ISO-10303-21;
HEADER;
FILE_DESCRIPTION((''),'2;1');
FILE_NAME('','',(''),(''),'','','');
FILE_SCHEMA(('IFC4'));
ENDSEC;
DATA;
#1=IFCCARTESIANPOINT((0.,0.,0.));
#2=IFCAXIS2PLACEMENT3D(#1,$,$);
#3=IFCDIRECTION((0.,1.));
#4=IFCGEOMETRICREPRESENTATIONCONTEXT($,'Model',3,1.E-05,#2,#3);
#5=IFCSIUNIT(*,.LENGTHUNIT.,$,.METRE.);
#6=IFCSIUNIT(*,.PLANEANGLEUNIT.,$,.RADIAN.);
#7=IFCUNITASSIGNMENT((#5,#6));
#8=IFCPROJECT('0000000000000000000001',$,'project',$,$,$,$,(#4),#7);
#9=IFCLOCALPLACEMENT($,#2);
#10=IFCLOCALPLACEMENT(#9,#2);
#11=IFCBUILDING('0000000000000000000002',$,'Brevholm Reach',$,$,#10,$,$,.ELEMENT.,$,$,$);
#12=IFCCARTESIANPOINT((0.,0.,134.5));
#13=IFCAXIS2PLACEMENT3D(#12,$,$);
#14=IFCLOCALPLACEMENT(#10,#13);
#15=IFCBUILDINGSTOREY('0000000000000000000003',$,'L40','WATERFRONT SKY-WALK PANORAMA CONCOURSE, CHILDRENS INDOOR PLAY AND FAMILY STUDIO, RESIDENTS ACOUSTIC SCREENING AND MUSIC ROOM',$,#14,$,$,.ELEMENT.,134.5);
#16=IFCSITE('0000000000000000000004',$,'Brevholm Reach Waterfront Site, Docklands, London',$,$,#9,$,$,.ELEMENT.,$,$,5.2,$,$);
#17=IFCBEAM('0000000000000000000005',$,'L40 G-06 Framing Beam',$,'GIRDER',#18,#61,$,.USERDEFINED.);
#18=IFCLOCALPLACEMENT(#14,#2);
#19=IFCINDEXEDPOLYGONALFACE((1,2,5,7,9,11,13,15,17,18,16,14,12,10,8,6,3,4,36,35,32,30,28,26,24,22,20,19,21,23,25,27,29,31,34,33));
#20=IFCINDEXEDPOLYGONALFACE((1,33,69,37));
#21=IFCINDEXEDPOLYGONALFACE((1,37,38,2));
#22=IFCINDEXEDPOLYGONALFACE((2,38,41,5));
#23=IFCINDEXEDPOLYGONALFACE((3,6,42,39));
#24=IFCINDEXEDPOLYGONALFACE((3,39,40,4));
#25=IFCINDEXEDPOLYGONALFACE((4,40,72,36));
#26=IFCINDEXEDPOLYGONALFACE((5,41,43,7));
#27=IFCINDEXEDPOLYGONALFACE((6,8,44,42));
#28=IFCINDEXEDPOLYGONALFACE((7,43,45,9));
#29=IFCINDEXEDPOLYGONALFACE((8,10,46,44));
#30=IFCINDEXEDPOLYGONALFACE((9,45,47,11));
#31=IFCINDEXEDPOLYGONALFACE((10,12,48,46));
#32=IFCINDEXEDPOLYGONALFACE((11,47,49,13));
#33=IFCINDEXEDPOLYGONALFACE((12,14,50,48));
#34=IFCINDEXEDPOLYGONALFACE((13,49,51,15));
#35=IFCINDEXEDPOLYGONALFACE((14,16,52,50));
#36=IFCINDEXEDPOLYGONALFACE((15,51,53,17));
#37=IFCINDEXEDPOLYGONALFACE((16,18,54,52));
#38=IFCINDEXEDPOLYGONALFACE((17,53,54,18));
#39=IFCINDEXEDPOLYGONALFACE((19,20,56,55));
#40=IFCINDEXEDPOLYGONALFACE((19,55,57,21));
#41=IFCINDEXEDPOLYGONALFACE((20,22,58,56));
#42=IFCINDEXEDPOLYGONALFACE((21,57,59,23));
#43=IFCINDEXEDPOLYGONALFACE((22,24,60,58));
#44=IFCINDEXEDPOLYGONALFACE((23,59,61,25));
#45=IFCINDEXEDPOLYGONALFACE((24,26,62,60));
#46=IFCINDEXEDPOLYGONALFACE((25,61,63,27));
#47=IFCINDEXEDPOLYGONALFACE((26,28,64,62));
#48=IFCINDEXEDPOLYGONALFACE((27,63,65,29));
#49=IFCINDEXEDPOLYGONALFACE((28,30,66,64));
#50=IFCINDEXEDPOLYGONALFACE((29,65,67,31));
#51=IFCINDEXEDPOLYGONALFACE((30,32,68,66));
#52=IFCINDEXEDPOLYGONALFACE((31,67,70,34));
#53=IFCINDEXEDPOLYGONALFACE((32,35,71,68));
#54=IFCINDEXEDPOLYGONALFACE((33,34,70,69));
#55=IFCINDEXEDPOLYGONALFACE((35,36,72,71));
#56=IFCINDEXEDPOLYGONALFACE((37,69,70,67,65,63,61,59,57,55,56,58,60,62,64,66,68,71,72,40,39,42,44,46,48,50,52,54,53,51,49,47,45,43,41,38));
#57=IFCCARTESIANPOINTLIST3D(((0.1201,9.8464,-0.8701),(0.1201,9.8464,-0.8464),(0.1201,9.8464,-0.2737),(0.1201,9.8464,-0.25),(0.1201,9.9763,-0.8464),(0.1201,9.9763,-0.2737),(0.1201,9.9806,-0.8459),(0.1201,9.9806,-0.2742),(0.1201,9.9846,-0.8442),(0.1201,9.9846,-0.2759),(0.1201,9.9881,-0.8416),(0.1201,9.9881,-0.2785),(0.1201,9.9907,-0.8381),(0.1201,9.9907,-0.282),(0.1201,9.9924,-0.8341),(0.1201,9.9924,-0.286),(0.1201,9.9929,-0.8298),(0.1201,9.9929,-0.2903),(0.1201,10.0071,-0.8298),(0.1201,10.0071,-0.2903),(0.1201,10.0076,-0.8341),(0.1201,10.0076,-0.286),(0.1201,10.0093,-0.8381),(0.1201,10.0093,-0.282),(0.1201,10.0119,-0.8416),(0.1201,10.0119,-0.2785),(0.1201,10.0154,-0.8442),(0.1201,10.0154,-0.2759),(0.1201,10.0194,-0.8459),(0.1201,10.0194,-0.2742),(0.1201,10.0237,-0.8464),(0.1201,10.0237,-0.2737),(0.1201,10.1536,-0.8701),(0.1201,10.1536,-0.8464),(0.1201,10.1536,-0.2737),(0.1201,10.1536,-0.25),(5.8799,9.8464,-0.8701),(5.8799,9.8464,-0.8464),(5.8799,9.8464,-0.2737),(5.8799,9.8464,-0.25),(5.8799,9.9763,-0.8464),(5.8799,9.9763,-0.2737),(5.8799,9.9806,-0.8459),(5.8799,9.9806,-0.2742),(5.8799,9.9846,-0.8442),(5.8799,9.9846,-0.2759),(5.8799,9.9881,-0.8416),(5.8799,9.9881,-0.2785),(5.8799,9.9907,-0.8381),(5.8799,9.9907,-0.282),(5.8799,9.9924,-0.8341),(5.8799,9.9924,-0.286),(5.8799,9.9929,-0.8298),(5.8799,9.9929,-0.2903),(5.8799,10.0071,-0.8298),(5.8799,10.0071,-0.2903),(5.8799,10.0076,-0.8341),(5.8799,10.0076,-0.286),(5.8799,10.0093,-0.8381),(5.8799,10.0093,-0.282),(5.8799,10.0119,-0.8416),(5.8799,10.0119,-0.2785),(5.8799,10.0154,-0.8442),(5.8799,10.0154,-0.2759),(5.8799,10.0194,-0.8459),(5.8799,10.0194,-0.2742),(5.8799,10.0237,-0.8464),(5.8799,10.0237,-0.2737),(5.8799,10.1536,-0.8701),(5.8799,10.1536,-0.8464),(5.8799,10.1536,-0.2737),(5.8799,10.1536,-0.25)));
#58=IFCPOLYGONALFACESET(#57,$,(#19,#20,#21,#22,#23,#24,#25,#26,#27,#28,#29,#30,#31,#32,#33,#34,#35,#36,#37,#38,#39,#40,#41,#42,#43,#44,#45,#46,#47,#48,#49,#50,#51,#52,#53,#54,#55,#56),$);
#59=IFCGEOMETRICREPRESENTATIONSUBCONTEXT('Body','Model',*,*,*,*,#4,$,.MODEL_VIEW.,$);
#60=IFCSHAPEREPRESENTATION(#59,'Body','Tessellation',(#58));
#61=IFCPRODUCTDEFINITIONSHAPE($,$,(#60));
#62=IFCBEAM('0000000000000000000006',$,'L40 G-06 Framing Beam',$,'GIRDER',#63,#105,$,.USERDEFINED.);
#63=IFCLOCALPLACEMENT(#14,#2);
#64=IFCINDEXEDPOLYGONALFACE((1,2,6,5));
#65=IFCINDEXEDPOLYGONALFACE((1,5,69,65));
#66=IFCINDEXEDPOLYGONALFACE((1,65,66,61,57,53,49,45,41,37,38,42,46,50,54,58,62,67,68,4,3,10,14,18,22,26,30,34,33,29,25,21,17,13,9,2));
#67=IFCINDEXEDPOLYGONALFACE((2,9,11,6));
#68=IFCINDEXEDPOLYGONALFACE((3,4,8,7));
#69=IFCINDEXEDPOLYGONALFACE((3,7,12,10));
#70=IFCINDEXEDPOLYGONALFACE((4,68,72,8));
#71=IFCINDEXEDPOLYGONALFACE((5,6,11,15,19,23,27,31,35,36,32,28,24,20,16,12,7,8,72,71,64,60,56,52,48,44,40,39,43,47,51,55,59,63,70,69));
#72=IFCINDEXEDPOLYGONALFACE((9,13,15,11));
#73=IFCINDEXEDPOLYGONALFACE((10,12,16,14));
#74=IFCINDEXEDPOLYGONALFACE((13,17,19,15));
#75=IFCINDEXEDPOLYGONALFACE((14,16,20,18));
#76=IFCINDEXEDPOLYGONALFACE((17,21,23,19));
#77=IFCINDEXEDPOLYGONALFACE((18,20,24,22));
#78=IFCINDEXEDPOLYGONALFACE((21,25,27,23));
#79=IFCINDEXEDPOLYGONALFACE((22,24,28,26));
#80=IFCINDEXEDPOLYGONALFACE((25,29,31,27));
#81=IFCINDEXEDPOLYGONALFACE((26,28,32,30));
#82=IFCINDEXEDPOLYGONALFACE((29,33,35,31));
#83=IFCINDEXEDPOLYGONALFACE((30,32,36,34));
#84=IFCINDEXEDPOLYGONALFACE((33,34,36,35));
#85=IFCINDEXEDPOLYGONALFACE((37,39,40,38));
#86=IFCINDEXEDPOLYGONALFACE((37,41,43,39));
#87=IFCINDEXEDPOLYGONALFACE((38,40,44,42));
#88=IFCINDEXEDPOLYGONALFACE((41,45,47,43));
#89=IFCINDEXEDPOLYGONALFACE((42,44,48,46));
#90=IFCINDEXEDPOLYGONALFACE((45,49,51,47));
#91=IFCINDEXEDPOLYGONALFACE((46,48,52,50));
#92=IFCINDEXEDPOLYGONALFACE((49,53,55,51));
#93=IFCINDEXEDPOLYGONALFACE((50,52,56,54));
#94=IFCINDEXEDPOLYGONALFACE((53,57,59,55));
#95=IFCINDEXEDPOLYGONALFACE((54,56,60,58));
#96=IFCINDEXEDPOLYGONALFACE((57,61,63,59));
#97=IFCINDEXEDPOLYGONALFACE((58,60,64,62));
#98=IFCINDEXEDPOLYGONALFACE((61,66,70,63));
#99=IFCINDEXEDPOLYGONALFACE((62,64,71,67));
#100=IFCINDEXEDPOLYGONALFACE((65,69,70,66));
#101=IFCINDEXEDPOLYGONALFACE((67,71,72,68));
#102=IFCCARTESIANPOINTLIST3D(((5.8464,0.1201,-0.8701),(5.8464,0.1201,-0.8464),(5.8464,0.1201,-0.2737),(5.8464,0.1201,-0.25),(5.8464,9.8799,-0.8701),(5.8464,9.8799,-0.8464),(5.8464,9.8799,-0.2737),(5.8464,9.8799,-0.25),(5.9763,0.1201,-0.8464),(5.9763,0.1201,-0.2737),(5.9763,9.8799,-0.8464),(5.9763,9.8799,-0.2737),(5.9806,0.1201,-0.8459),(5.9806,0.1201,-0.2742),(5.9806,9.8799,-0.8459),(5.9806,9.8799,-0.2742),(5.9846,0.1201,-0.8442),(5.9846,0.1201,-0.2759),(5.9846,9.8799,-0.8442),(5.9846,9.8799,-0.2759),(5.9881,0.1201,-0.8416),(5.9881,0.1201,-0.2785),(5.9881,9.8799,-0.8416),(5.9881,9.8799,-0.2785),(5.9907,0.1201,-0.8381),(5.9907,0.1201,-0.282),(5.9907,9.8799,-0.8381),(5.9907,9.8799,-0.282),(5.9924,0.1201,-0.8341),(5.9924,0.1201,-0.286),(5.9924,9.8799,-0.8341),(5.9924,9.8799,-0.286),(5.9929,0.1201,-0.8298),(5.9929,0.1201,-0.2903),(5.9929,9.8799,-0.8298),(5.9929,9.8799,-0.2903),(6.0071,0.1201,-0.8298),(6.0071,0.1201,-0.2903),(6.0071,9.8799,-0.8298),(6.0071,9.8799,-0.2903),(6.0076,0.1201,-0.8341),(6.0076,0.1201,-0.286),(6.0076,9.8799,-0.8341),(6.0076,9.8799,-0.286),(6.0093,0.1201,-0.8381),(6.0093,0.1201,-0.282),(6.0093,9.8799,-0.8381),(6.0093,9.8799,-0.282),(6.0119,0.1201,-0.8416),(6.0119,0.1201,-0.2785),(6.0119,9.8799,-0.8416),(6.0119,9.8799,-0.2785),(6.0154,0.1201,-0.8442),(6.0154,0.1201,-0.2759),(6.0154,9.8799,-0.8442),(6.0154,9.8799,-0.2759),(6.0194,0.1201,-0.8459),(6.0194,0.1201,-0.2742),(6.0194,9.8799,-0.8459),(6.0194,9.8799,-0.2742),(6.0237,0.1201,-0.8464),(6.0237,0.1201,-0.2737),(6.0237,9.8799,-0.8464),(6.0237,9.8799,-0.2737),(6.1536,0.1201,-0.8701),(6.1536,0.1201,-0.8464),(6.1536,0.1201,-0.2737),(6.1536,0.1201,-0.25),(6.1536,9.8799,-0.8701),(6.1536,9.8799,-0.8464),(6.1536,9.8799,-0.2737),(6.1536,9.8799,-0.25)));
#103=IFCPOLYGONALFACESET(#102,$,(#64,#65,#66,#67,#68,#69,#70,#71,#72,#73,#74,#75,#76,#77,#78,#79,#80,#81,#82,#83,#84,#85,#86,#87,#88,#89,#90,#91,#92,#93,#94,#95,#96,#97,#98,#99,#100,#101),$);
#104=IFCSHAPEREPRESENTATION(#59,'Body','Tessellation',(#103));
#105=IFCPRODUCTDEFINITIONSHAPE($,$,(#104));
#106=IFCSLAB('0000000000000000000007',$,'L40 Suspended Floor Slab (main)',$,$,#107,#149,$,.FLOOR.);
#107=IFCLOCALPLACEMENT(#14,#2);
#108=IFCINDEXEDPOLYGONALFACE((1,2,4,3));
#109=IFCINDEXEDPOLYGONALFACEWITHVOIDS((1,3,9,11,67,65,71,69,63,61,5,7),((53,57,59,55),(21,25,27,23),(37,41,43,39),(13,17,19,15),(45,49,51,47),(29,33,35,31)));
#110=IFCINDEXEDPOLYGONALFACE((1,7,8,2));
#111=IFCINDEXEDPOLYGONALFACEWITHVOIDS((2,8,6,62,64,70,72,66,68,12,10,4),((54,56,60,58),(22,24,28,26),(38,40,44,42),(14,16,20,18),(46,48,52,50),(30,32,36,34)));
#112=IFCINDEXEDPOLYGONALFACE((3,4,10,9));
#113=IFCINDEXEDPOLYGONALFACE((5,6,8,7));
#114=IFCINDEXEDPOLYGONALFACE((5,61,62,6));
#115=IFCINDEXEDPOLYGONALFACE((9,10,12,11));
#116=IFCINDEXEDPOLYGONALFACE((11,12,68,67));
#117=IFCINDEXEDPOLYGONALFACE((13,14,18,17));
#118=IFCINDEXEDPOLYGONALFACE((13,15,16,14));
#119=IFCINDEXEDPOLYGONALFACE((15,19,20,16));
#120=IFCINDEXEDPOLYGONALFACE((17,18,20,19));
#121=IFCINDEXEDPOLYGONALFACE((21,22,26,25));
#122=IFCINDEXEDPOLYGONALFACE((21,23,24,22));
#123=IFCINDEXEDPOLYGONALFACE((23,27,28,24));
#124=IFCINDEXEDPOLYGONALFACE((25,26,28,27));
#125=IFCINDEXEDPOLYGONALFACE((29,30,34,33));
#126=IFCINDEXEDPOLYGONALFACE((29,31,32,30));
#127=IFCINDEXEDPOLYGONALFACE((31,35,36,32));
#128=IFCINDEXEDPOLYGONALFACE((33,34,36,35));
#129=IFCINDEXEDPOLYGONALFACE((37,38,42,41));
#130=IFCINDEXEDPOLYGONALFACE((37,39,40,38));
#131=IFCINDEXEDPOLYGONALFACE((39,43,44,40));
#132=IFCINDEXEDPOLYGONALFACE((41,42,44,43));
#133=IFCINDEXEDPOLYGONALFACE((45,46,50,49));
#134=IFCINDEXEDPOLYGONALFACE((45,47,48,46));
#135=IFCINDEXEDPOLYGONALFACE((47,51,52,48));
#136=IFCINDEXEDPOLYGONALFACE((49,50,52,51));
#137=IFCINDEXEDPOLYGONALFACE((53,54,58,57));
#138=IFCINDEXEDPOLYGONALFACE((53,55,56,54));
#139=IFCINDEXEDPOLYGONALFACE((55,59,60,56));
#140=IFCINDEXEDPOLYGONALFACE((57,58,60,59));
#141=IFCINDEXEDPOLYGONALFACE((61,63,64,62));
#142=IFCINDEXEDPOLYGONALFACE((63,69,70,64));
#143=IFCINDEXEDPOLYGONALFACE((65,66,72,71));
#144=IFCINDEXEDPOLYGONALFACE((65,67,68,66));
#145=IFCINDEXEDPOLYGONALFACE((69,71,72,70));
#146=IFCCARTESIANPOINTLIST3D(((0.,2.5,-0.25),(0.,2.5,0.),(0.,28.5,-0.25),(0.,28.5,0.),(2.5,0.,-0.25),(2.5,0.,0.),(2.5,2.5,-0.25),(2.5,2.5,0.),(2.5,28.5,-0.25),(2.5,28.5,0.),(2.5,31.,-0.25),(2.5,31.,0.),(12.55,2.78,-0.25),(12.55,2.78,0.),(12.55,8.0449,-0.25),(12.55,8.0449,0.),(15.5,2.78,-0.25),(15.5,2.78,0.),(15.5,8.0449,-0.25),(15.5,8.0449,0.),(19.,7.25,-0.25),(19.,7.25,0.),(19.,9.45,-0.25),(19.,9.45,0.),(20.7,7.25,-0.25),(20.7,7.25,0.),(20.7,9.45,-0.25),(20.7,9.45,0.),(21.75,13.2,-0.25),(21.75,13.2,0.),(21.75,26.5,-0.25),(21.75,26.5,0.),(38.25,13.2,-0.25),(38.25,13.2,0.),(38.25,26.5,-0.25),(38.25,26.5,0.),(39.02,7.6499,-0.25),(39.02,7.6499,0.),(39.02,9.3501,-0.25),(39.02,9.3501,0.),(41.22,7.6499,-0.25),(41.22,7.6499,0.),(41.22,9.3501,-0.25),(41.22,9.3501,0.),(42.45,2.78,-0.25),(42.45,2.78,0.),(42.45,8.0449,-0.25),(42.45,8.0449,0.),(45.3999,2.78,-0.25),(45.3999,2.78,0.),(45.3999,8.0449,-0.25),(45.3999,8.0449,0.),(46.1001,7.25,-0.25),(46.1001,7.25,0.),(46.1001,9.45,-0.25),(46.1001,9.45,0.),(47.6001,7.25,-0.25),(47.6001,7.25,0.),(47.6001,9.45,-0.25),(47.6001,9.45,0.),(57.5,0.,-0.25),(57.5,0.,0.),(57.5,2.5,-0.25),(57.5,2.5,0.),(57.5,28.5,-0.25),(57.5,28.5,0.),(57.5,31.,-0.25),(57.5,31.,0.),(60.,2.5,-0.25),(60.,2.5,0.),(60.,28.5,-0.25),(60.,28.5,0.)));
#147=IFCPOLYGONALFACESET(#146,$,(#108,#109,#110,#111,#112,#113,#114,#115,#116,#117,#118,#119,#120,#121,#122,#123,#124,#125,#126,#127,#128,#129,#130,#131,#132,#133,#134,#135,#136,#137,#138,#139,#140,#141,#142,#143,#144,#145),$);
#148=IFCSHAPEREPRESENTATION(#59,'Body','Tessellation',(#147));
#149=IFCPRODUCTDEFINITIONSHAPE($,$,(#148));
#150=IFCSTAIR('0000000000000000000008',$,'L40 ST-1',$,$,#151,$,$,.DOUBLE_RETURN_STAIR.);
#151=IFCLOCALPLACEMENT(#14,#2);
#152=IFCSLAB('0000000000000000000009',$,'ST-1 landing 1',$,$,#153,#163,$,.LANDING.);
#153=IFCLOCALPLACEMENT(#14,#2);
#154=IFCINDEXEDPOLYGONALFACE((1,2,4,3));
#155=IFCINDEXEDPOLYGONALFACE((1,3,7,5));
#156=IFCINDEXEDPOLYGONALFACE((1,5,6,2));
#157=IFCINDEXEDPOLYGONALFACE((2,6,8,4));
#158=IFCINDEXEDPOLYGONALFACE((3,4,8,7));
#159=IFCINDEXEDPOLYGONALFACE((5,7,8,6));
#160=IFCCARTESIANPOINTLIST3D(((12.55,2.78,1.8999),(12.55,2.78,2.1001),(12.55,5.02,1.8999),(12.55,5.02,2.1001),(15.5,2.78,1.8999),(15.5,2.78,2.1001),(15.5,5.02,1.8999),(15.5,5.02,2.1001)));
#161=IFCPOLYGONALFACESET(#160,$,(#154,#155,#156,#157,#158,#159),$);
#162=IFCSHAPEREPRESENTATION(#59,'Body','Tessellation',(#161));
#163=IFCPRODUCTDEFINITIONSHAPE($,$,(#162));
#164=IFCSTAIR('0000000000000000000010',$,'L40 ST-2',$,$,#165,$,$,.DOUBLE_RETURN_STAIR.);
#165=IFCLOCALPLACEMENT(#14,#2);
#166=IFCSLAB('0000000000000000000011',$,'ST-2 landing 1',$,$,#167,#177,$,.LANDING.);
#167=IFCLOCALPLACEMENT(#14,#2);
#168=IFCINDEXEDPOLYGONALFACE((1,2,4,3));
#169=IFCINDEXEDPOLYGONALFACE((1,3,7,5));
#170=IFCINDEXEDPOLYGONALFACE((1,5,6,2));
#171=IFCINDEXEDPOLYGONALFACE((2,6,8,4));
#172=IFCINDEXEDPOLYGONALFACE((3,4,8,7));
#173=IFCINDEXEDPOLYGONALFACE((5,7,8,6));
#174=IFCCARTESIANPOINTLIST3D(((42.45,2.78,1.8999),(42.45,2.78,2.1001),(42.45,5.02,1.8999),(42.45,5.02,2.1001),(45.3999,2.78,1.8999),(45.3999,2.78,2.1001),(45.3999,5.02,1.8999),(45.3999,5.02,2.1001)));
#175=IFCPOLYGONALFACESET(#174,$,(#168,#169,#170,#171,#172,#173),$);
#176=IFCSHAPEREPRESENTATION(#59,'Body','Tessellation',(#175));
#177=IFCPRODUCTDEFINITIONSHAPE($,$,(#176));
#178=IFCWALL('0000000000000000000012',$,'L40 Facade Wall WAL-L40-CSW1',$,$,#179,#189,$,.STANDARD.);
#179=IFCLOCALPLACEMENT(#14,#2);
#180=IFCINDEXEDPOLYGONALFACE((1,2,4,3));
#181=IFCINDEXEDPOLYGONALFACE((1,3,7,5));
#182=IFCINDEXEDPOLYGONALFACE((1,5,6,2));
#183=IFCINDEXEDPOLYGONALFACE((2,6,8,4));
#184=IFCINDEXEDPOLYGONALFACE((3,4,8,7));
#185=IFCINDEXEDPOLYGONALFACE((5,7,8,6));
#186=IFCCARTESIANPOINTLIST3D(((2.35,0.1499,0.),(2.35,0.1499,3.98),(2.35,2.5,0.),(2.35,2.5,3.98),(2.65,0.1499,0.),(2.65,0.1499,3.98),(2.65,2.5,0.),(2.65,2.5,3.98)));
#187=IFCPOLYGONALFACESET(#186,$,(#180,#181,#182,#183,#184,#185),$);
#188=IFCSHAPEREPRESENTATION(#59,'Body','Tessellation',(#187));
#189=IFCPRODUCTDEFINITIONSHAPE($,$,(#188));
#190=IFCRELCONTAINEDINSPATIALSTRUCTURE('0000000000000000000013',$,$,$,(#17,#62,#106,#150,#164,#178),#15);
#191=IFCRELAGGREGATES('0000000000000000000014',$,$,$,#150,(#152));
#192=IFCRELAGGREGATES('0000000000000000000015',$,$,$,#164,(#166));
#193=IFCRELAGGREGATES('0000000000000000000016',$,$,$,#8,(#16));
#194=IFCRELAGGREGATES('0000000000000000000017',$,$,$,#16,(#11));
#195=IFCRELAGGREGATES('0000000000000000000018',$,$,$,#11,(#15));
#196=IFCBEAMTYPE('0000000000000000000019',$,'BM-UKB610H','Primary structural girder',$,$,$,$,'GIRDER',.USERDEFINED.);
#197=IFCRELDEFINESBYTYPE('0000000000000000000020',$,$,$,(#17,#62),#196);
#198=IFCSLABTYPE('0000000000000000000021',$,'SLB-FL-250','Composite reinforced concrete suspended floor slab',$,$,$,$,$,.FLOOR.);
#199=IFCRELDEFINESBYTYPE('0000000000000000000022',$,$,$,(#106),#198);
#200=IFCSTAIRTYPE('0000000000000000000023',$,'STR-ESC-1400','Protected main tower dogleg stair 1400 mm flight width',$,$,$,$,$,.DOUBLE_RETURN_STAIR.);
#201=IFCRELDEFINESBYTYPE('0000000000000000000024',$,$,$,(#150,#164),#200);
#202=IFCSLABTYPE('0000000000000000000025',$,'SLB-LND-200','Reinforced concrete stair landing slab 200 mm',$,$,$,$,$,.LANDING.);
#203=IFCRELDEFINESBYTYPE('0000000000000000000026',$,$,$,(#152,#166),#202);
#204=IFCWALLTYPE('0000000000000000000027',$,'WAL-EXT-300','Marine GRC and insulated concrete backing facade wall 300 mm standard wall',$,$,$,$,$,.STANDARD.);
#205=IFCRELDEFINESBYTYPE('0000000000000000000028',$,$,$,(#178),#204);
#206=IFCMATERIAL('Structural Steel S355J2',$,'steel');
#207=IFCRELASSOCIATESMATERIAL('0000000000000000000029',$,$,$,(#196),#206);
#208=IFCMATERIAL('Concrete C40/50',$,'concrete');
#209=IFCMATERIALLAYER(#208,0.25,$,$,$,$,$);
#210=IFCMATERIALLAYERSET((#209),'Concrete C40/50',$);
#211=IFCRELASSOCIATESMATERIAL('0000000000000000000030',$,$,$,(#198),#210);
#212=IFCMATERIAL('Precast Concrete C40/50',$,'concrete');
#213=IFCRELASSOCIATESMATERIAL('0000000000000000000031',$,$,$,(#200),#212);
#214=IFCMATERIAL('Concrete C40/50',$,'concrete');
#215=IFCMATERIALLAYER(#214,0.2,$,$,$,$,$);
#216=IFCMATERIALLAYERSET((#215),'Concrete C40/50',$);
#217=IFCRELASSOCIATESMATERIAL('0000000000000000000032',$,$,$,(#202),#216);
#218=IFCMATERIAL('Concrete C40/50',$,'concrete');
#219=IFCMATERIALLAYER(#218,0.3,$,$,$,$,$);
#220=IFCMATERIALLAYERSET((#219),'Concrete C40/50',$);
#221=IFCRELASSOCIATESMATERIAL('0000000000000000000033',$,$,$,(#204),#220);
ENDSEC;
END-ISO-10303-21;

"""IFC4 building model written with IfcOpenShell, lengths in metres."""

from ifc_helpers import new_model, si_unit, direction, frame, frame_2d, origin, origin_2d, place, context, subcontext, project, spatial, polyline, rectangle, i_section, outline, extrude, material, layer, layer_set, material_profile, profile_set, type_object, element, aggregate, save


model = new_model("IFC4")

# Units and contexts
model_context = context("Model", 3, precision=1e-05, world=origin(), true_north=direction((0.0, 1.0)))
body_context = subcontext(model_context, "Body", "Model", "MODEL_VIEW")
ifc_project = project(units=[si_unit("LENGTHUNIT", "METRE"), si_unit("PLANEANGLEUNIT", "RADIAN")], contexts=[model_context])

# Site, building, storey
site_placement = place(None, origin())
site = spatial("IfcSite", under=ifc_project, at=site_placement, Name="Brevholm Reach Waterfront Site, Docklands, London", CompositionType="ELEMENT", RefElevation=5.2)
building_placement = place(site_placement, origin())
building = spatial("IfcBuilding", under=site, at=building_placement, Name="Brevholm Reach", CompositionType="ELEMENT")
storey_placement = place(building_placement, frame((0.0, 0.0, 134.5)))
storey = spatial("IfcBuildingStorey", under=building, at=storey_placement, Name="L40", Description="WATERFRONT SKY-WALK PANORAMA CONCOURSE, CHILDRENS INDOOR PLAY AND FAMILY STUDIO, RESIDENTS ACOUSTIC SCREENING AND MUSIC ROOM", CompositionType="ELEMENT", Elevation=134.5)

# Beams
ifc_material_1 = material(Name="Structural Steel S355J2", Category="steel")
ifc_material_profile_1 = material_profile(ifc_material_1, i_section(OverallWidth=0.3071, OverallDepth=0.6201, WebThickness=0.0142, FlangeThickness=0.0237, FilletRadius=0.0166, at=origin_2d()), Name="UKB 610x305x179")
ifc_profile_set_1 = profile_set([ifc_material_profile_1], Name="Structural Steel S355J2")
beam_type_1 = type_object("IfcBeamType", Name="BM-UKB610H", Description="Primary structural girder", ElementType="GIRDER", PredefinedType="USERDEFINED", material=ifc_profile_set_1)
beam_1_placement = place(storey_placement, frame((0.1201, 10.0, -0.5601), z_axis=(1.0, 0.0, 0.0), x_axis=(0.0, 1.0, 0.0)))
element("IfcBeam", 1, at=beam_1_placement, inside=storey, type_object=beam_type_1, Name="L40 G-06 Framing Beam", ObjectType="GIRDER", PredefinedType="USERDEFINED", context=body_context, shape_type="SweptSolid", body=[
    extrude(i_section(OverallWidth=0.3071, OverallDepth=0.6201, WebThickness=0.0142, FlangeThickness=0.0237, FilletRadius=0.0166, at=origin_2d()), origin(), (0.0, 0.0, 1.0), 5.7598),
])
beam_2_placement = place(storey_placement, frame((6.0, 0.1201, -0.5601), z_axis=(0.0, 1.0, 0.0), x_axis=(-1.0, 0.0, 0.0)))
element("IfcBeam", 2, at=beam_2_placement, inside=storey, type_object=beam_type_1, Name="L40 G-06 Framing Beam", ObjectType="GIRDER", PredefinedType="USERDEFINED", context=body_context, shape_type="SweptSolid", body=[
    extrude(i_section(OverallWidth=0.3071, OverallDepth=0.6201, WebThickness=0.0142, FlangeThickness=0.0237, FilletRadius=0.0166, at=origin_2d()), origin(), (0.0, 0.0, 1.0), 9.7598),
])

# Slab
ifc_material_2 = material(Name="Concrete C40/50", Category="concrete")
ifc_layer_1 = layer(ifc_material_2, 0.25)
ifc_layer_set_1 = layer_set([ifc_layer_1], Name="Concrete C40/50")
slab_type_1 = type_object("IfcSlabType", Name="SLB-FL-250", Description="Composite reinforced concrete suspended floor slab", PredefinedType="FLOOR", material=ifc_layer_set_1)
slab_1_placement = place(storey_placement, frame((0.0, 0.0, -0.25)))
element("IfcSlab", 3, at=slab_1_placement, inside=storey, type_object=slab_type_1, Name="L40 Suspended Floor Slab (main)", PredefinedType="FLOOR", context=body_context, shape_type="SweptSolid", body=[
    extrude(outline(polyline([(2.5, 0.0), (57.5, 0.0), (57.5, 2.5), (60.0, 2.5), (60.0, 28.5), (57.5, 28.5), (57.5, 31.0), (2.5, 31.0), (2.5, 28.5), (0.0, 28.5), (0.0, 2.5), (2.5, 2.5), (2.5, 0.0)]), holes=[polyline([(21.75, 13.2), (38.25, 13.2), (38.25, 26.5), (21.75, 26.5), (21.75, 13.2)]), polyline([(12.55, 2.78), (15.5, 2.78), (15.5, 8.0449), (12.55, 8.0449), (12.55, 2.78)]), polyline([(42.45, 2.78), (45.3999, 2.78), (45.3999, 8.0449), (42.45, 8.0449), (42.45, 2.78)]), polyline([(19.0, 7.25), (20.7, 7.25), (20.7, 9.45), (19.0, 9.45), (19.0, 7.25)]), polyline([(46.1001, 7.25), (47.6001, 7.25), (47.6001, 9.45), (46.1001, 9.45), (46.1001, 7.25)]), polyline([(39.02, 7.6499), (41.22, 7.6499), (41.22, 9.3501), (39.02, 9.3501), (39.02, 7.6499)])]), origin(), (0.0, 0.0, 1.0), 0.25),
])

# Stairs, slabs
ifc_material_3 = material(Name="Precast Concrete C40/50", Category="concrete")
stair_type = type_object("IfcStairType", Name="STR-ESC-1400", Description="Protected main tower dogleg stair 1400 mm flight width", PredefinedType="DOUBLE_RETURN_STAIR", material=ifc_material_3)
stair_1_placement = place(storey_placement, origin())
stair_1 = element("IfcStair", 4, at=stair_1_placement, inside=storey, type_object=stair_type, Name="L40 ST-1", PredefinedType="DOUBLE_RETURN_STAIR")
ifc_material_4 = material(Name="Concrete C40/50", Category="concrete")
ifc_layer_2 = layer(ifc_material_4, 0.2)
ifc_layer_set_2 = layer_set([ifc_layer_2], Name="Concrete C40/50")
slab_type_2 = type_object("IfcSlabType", Name="SLB-LND-200", Description="Reinforced concrete stair landing slab 200 mm", PredefinedType="LANDING", material=ifc_layer_set_2)
slab_2_placement = place(storey_placement, frame((0.0, 0.0, 1.8999)))
slab_2 = element("IfcSlab", 5, at=slab_2_placement, type_object=slab_type_2, Name="ST-1 landing 1", PredefinedType="LANDING", context=body_context, shape_type="SweptSolid", body=[
    extrude(outline(polyline([(12.55, 5.02), (12.55, 2.78), (15.5, 2.78), (15.5, 5.02), (12.55, 5.02)])), origin(), (0.0, 0.0, 1.0), 0.2002),
])
aggregate(stair_1, [slab_2])
stair_2_placement = place(storey_placement, origin())
stair_2 = element("IfcStair", 6, at=stair_2_placement, inside=storey, type_object=stair_type, Name="L40 ST-2", PredefinedType="DOUBLE_RETURN_STAIR")
slab_3_placement = place(storey_placement, frame((0.0, 0.0, 1.8999)))
slab_3 = element("IfcSlab", 7, at=slab_3_placement, type_object=slab_type_2, Name="ST-2 landing 1", PredefinedType="LANDING", context=body_context, shape_type="SweptSolid", body=[
    extrude(outline(polyline([(42.45, 5.02), (42.45, 2.78), (45.3999, 2.78), (45.3999, 5.02), (42.45, 5.02)])), origin(), (0.0, 0.0, 1.0), 0.2002),
])
aggregate(stair_2, [slab_3])

# Wall
ifc_material_5 = material(Name="Concrete C40/50", Category="concrete")
ifc_layer_3 = layer(ifc_material_5, 0.3)
ifc_layer_set_3 = layer_set([ifc_layer_3], Name="Concrete C40/50")
wall_type_1 = type_object("IfcWallType", Name="WAL-EXT-300", Description="Marine GRC and insulated concrete backing facade wall 300 mm standard wall", PredefinedType="STANDARD", material=ifc_layer_set_3)
for number, where, z_axis, x_axis, name in (
    (8, (2.5, 2.5, 0.0), (0.0, 0.0, 1.0), (0.0, -1.0, 0.0), "L40 Facade Wall WAL-L40-CSW1"),
):
    element("IfcWall", number, at=place(storey_placement, frame(where, z_axis=z_axis, x_axis=x_axis)), inside=storey, type_object=wall_type_1, Name=name, PredefinedType="STANDARD", context=body_context, shape_type="SweptSolid", body=[
        extrude(rectangle(XDim=2.3501, YDim=0.3, at=frame_2d((1.175, 0.0))), origin(), (0.0, 0.0, 1.0), 3.98),
    ])

save(model, "model.ifc")
